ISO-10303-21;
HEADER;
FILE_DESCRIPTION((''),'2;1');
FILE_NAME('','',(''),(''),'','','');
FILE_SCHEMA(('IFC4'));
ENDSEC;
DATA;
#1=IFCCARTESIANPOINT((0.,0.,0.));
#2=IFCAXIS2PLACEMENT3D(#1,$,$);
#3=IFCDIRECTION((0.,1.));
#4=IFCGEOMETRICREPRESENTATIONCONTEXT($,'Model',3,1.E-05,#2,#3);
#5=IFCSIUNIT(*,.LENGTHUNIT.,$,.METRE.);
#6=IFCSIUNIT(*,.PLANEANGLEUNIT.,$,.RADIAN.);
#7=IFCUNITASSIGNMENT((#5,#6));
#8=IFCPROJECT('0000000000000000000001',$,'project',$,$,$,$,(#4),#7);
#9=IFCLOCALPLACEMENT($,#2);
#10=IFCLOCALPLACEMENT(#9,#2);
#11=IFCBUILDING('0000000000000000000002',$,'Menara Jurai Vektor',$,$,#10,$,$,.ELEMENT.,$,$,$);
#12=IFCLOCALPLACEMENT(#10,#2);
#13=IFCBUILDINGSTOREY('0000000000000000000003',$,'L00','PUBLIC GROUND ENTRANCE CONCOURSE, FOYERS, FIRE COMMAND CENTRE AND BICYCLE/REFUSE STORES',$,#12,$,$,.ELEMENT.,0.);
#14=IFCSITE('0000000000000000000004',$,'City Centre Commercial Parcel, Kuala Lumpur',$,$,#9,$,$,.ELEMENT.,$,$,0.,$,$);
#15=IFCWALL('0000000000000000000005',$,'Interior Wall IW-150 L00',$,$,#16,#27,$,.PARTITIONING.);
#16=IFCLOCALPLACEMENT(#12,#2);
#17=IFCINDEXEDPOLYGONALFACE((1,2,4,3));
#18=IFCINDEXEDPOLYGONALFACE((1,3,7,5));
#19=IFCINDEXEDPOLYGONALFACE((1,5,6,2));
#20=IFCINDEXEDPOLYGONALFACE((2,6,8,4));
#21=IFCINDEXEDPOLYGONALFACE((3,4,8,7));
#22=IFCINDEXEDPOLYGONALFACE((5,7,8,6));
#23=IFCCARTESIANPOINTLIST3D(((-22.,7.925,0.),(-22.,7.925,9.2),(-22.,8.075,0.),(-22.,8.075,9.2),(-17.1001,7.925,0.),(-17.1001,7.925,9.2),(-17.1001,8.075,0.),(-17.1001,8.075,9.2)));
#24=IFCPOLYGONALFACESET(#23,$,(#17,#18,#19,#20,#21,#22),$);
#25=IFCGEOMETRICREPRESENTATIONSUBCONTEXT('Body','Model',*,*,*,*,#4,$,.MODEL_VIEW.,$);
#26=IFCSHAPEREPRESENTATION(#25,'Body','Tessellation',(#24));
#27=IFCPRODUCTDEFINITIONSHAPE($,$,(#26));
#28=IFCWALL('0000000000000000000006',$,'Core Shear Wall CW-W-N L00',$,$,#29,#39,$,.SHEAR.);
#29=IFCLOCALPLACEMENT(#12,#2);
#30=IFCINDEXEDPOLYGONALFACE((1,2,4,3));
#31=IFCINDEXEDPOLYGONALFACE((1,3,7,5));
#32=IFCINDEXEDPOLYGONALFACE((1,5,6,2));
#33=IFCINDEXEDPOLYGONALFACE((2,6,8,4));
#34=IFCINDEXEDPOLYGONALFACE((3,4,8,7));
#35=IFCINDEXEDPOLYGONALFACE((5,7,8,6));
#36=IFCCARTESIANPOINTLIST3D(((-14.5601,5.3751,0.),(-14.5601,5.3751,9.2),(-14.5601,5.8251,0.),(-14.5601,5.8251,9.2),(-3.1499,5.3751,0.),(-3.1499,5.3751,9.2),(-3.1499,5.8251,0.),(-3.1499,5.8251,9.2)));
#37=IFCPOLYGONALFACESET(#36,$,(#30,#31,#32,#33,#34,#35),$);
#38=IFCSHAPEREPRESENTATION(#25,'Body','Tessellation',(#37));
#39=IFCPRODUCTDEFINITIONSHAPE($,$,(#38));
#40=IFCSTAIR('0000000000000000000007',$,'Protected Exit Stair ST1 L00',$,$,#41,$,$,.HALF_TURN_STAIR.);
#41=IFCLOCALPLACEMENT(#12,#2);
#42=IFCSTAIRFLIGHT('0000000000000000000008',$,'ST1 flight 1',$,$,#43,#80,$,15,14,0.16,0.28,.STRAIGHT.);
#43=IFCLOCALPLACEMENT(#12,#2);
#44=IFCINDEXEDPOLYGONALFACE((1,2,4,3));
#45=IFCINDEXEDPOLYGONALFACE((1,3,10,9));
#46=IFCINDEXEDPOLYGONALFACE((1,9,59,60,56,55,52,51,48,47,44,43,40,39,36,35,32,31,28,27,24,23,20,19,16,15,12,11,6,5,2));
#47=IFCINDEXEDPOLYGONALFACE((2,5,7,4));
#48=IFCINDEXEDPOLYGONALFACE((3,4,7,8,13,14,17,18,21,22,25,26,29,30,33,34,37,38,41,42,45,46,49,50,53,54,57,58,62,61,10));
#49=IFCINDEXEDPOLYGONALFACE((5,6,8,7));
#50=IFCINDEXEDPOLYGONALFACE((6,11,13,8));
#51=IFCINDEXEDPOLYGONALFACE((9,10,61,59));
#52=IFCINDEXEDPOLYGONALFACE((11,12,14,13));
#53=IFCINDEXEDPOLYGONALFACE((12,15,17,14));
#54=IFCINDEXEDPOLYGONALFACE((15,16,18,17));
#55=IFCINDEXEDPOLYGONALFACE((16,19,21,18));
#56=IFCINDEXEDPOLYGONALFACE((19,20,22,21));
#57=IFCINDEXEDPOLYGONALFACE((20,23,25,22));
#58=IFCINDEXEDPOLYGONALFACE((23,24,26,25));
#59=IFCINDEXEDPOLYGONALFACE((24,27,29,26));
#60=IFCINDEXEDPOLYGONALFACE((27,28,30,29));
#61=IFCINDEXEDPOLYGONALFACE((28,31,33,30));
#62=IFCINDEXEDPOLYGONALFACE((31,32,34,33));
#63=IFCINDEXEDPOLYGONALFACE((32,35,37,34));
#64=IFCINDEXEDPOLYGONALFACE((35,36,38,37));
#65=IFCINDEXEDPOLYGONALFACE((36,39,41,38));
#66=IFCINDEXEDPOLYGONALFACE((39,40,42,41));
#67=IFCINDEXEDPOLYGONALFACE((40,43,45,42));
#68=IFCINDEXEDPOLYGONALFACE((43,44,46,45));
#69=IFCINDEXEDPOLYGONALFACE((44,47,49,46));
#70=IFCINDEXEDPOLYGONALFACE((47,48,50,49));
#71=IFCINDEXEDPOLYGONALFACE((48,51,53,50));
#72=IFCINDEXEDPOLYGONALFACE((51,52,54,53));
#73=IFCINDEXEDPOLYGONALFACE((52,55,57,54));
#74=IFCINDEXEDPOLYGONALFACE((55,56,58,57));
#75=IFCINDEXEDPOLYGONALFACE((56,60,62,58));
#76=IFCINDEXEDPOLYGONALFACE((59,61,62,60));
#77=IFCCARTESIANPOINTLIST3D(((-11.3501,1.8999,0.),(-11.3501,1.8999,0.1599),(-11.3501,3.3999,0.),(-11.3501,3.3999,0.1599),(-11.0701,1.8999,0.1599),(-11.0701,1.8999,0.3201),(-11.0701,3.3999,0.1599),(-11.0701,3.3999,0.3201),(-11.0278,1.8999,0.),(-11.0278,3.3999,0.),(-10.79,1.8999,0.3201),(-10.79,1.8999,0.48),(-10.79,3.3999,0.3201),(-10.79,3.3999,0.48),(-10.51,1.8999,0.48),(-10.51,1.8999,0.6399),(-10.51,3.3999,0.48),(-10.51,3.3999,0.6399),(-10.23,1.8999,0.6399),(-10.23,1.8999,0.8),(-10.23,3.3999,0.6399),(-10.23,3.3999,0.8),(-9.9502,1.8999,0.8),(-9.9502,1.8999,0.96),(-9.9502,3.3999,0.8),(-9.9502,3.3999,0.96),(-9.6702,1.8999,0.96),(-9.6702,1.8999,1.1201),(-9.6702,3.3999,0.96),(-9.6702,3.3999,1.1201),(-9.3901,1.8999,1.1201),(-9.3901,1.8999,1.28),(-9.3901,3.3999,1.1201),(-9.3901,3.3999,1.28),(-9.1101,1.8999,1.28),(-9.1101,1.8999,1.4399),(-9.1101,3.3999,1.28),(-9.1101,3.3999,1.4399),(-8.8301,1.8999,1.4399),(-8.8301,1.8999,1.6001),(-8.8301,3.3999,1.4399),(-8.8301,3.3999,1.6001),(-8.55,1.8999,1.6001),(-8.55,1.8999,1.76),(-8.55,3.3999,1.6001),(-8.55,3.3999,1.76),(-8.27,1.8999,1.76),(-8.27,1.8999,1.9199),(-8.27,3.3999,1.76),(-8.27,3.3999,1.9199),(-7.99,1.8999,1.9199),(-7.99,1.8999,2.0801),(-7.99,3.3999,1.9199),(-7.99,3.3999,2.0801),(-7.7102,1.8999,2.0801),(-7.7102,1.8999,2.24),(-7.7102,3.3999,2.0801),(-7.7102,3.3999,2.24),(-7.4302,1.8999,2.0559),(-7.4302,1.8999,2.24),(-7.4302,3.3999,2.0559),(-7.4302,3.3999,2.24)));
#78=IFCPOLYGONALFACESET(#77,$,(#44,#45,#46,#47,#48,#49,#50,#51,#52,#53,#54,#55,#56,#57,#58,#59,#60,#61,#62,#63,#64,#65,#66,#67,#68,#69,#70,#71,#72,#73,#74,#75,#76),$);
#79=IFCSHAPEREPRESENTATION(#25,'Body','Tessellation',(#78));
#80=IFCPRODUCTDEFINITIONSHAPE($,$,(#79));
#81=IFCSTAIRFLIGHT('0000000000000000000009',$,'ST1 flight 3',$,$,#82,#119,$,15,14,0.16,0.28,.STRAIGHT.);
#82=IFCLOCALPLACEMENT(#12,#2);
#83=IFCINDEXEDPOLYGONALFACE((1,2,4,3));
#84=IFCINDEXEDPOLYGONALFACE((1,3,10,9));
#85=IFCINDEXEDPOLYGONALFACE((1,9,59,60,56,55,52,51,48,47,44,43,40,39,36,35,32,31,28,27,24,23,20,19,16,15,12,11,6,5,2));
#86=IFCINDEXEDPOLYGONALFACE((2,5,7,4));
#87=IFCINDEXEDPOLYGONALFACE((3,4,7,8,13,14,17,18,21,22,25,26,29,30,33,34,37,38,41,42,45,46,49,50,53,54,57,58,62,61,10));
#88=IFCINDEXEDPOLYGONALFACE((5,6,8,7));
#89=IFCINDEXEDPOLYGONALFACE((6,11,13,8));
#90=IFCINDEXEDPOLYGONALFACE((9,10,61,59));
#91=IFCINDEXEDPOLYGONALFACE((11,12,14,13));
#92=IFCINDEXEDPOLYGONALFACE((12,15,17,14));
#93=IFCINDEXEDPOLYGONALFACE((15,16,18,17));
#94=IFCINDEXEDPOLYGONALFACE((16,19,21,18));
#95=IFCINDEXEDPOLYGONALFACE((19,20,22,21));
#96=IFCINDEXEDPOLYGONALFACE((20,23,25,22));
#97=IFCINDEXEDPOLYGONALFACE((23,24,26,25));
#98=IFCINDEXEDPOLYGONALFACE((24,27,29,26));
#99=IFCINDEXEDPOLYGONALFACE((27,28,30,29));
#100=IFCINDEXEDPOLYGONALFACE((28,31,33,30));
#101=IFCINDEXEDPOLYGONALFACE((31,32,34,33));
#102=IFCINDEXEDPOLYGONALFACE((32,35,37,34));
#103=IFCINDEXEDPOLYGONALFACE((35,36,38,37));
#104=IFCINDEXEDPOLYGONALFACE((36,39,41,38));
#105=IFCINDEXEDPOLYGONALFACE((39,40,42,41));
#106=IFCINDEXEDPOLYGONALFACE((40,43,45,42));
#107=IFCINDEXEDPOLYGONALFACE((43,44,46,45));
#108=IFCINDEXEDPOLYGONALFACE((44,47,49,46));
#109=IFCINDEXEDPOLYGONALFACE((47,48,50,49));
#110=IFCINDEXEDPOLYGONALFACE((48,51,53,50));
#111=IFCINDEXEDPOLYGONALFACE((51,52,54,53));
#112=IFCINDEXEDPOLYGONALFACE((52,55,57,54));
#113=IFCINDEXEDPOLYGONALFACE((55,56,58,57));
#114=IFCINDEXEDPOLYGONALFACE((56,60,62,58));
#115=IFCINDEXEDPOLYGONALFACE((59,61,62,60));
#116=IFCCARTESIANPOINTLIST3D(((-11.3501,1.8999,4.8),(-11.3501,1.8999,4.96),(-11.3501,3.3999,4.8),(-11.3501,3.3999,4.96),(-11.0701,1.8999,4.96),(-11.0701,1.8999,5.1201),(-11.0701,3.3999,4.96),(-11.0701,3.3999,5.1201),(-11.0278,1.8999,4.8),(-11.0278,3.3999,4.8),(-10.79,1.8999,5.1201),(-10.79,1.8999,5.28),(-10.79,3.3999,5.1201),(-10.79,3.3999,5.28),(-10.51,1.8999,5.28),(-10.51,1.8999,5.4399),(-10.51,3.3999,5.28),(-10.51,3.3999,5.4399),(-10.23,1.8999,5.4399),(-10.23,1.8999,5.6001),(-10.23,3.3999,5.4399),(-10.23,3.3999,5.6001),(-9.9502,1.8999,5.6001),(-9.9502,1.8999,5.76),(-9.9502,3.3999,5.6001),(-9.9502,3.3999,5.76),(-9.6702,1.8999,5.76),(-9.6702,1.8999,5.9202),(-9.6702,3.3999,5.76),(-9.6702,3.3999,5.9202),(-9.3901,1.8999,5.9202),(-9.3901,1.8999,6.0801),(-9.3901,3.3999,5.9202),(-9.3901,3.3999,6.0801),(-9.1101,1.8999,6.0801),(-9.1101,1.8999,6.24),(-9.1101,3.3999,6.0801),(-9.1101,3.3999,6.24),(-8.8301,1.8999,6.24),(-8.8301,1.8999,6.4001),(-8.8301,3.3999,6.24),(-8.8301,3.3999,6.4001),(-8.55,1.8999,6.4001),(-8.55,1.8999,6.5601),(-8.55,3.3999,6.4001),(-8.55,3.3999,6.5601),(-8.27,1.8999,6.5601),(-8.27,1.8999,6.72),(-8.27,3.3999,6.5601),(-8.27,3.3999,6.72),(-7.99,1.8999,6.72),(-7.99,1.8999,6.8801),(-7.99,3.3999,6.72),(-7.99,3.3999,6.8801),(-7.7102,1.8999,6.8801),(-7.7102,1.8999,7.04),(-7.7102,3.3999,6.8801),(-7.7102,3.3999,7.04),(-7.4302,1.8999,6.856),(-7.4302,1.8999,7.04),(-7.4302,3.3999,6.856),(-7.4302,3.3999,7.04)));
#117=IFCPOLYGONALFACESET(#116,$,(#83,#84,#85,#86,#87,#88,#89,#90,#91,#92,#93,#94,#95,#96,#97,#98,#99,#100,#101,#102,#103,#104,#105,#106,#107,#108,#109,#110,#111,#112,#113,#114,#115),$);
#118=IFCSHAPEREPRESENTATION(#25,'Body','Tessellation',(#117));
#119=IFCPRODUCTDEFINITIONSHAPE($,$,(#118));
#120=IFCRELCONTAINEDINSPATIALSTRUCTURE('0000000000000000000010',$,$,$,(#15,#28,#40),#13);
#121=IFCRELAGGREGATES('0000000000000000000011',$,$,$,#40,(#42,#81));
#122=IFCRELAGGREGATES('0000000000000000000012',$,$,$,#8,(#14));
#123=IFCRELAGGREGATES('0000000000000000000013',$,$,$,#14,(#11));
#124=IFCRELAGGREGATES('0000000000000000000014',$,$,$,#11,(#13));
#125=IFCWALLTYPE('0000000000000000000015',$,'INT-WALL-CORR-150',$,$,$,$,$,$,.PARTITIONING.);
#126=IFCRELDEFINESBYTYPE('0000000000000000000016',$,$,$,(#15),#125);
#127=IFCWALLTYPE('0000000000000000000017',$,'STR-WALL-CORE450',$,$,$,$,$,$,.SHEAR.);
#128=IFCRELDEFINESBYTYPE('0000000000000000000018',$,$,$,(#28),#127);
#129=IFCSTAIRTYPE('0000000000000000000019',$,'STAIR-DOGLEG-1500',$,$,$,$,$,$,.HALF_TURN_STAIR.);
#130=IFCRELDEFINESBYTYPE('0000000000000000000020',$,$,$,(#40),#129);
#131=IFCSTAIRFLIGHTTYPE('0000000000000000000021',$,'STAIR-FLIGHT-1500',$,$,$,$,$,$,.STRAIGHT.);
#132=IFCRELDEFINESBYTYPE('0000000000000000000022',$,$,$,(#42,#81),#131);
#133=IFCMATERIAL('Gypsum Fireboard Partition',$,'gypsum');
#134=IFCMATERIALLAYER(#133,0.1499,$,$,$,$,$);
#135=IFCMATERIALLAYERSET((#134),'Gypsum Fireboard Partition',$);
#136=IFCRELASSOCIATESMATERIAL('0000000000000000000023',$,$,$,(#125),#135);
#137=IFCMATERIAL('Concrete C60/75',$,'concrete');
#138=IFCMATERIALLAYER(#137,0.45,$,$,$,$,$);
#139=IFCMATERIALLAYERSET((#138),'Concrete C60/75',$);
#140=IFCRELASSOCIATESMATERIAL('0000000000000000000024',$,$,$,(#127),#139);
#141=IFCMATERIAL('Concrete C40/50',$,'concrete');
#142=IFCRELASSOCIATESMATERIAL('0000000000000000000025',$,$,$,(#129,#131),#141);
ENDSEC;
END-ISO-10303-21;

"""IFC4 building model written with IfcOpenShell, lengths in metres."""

from ifc_helpers import new_model, si_unit, direction, frame, frame_2d, origin, place, context, subcontext, project, spatial, polyline, rectangle, outline, extrude, material, layer, layer_set, type_object, element, aggregate, save


model = new_model("IFC4")

# Units and contexts
model_context = context("Model", 3, precision=1e-05, world=origin(), true_north=direction((0.0, 1.0)))
body_context = subcontext(model_context, "Body", "Model", "MODEL_VIEW")
ifc_project = project(units=[si_unit("LENGTHUNIT", "METRE"), si_unit("PLANEANGLEUNIT", "RADIAN")], contexts=[model_context])

# Site, building, storey
site_placement = place(None, origin())
site = spatial("IfcSite", under=ifc_project, at=site_placement, Name="City Centre Commercial Parcel, Kuala Lumpur", CompositionType="ELEMENT", RefElevation=0.0)
building_placement = place(site_placement, origin())
building = spatial("IfcBuilding", under=site, at=building_placement, Name="Menara Jurai Vektor", CompositionType="ELEMENT")
storey_placement = place(building_placement, origin())
storey = spatial("IfcBuildingStorey", under=building, at=storey_placement, Name="L00", Description="PUBLIC GROUND ENTRANCE CONCOURSE, FOYERS, FIRE COMMAND CENTRE AND BICYCLE/REFUSE STORES", CompositionType="ELEMENT", Elevation=0.0)

# Shared definitions
ifc_material_1 = material(Name="Concrete C60/75", Category="concrete")

# Shared definitions
ifc_material_2 = material(Name="Concrete C40/50", Category="concrete")

# Shared definitions
ifc_material_3 = material(Name="Gypsum Fireboard Partition", Category="gypsum")
ifc_layer_1 = layer(ifc_material_3, 0.1499)
ifc_layer_set_1 = layer_set([ifc_layer_1], Name="Gypsum Fireboard Partition")
wall_type_1 = type_object("IfcWallType", Name="INT-WALL-CORR-150", PredefinedType="PARTITIONING", material=ifc_layer_set_1)

# Walls
wall_1_placement = place(storey_placement, frame((-22.0, 8.0, 0.0), z_axis=(0.0, 0.0, 1.0), x_axis=(1.0, 0.0, 0.0)))
element("IfcWall", 1, at=wall_1_placement, inside=storey, type_object=wall_type_1, Name="Interior Wall IW-150 L00", PredefinedType="PARTITIONING", context=body_context, shape_type="SweptSolid", body=[
    extrude(rectangle(XDim=4.8999, YDim=0.1499, at=frame_2d((2.45, 0.0))), origin(), (0.0, 0.0, 1.0), 9.2),
])
ifc_layer_2 = layer(ifc_material_1, 0.45)
ifc_layer_set_2 = layer_set([ifc_layer_2], Name="Concrete C60/75")
wall_type_2 = type_object("IfcWallType", Name="STR-WALL-CORE450", PredefinedType="SHEAR", material=ifc_layer_set_2)
wall_2_placement = place(storey_placement, frame((-14.5601, 5.6001, 0.0), z_axis=(0.0, 0.0, 1.0), x_axis=(1.0, 0.0, 0.0)))
element("IfcWall", 2, at=wall_2_placement, inside=storey, type_object=wall_type_2, Name="Core Shear Wall CW-W-N L00", PredefinedType="SHEAR", context=body_context, shape_type="SweptSolid", body=[
    extrude(rectangle(XDim=11.4102, YDim=0.45, at=frame_2d((5.7051, 0.0))), origin(), (0.0, 0.0, 1.0), 9.2),
])

# Stair, stair flights
stair_type = type_object("IfcStairType", Name="STAIR-DOGLEG-1500", PredefinedType="HALF_TURN_STAIR", material=ifc_material_2)
stair_placement = place(storey_placement, origin())
stair = element("IfcStair", 3, at=stair_placement, inside=storey, type_object=stair_type, Name="Protected Exit Stair ST1 L00", PredefinedType="HALF_TURN_STAIR")
stair_flight_type = type_object("IfcStairFlightType", Name="STAIR-FLIGHT-1500", PredefinedType="STRAIGHT", material=ifc_material_2)
stair_flight_1_placement = place(storey_placement, frame((-11.3501, 2.6499, 0.0), z_axis=(0.0, 0.0, 1.0), x_axis=(1.0, 0.0, 0.0)))
stair_flight_1 = element("IfcStairFlight", 4, at=stair_flight_1_placement, type_object=stair_flight_type, Name="ST1 flight 1", NumberOfRisers=15, NumberOfTreads=14, PredefinedType="STRAIGHT", RiserHeight=0.16, TreadLength=0.28, context=body_context, shape_type="SweptSolid", body=[
    extrude(outline(polyline([(0.0, 0.0), (0.0, 0.1599), (0.28, 0.1599), (0.28, 0.3201), (0.5601, 0.3201), (0.5601, 0.48), (0.8401, 0.48), (0.8401, 0.6399), (1.1201, 0.6399), (1.1201, 0.8), (1.3999, 0.8), (1.3999, 0.96), (1.6799, 0.96), (1.6799, 1.1201), (1.96, 1.1201), (1.96, 1.28), (2.24, 1.28), (2.24, 1.4399), (2.52, 1.4399), (2.52, 1.6001), (2.8, 1.6001), (2.8, 1.76), (3.0801, 1.76), (3.0801, 1.9199), (3.3601, 1.9199), (3.3601, 2.0801), (3.6399, 2.0801), (3.6399, 2.24), (3.9199, 2.24), (3.9199, 2.3999), (3.9199, 2.0559), (0.3223, 0.0), (0.0, 0.0)])), frame((0.0, 0.75, 0.0), z_axis=(0.0, -1.0, 0.0), x_axis=(1.0, 0.0, 0.0)), (0.0, 0.0, 1.0), 1.5),
])
stair_flight_2_placement = place(storey_placement, frame((-11.3501, 2.6499, 4.8), z_axis=(0.0, 0.0, 1.0), x_axis=(1.0, 0.0, 0.0)))
stair_flight_2 = element("IfcStairFlight", 5, at=stair_flight_2_placement, type_object=stair_flight_type, Name="ST1 flight 3", NumberOfRisers=15, NumberOfTreads=14, PredefinedType="STRAIGHT", RiserHeight=0.16, TreadLength=0.28, context=body_context, shape_type="SweptSolid", body=[
    extrude(outline(polyline([(0.0, 0.0), (0.0, 0.1599), (0.28, 0.1599), (0.28, 0.3201), (0.5601, 0.3201), (0.5601, 0.48), (0.8401, 0.48), (0.8401, 0.6399), (1.1201, 0.6399), (1.1201, 0.8), (1.3999, 0.8), (1.3999, 0.96), (1.6799, 0.96), (1.6799, 1.1201), (1.96, 1.1201), (1.96, 1.28), (2.24, 1.28), (2.24, 1.4399), (2.52, 1.4399), (2.52, 1.6001), (2.8, 1.6001), (2.8, 1.76), (3.0801, 1.76), (3.0801, 1.9199), (3.3601, 1.9199), (3.3601, 2.0801), (3.6399, 2.0801), (3.6399, 2.24), (3.9199, 2.24), (3.9199, 2.3999), (3.9199, 2.0559), (0.3223, 0.0), (0.0, 0.0)])), frame((0.0, 0.75, 0.0), z_axis=(0.0, -1.0, 0.0), x_axis=(1.0, 0.0, 0.0)), (0.0, 0.0, 1.0), 1.5),
])
aggregate(stair, [stair_flight_1, stair_flight_2])

save(model, "model.ifc")
